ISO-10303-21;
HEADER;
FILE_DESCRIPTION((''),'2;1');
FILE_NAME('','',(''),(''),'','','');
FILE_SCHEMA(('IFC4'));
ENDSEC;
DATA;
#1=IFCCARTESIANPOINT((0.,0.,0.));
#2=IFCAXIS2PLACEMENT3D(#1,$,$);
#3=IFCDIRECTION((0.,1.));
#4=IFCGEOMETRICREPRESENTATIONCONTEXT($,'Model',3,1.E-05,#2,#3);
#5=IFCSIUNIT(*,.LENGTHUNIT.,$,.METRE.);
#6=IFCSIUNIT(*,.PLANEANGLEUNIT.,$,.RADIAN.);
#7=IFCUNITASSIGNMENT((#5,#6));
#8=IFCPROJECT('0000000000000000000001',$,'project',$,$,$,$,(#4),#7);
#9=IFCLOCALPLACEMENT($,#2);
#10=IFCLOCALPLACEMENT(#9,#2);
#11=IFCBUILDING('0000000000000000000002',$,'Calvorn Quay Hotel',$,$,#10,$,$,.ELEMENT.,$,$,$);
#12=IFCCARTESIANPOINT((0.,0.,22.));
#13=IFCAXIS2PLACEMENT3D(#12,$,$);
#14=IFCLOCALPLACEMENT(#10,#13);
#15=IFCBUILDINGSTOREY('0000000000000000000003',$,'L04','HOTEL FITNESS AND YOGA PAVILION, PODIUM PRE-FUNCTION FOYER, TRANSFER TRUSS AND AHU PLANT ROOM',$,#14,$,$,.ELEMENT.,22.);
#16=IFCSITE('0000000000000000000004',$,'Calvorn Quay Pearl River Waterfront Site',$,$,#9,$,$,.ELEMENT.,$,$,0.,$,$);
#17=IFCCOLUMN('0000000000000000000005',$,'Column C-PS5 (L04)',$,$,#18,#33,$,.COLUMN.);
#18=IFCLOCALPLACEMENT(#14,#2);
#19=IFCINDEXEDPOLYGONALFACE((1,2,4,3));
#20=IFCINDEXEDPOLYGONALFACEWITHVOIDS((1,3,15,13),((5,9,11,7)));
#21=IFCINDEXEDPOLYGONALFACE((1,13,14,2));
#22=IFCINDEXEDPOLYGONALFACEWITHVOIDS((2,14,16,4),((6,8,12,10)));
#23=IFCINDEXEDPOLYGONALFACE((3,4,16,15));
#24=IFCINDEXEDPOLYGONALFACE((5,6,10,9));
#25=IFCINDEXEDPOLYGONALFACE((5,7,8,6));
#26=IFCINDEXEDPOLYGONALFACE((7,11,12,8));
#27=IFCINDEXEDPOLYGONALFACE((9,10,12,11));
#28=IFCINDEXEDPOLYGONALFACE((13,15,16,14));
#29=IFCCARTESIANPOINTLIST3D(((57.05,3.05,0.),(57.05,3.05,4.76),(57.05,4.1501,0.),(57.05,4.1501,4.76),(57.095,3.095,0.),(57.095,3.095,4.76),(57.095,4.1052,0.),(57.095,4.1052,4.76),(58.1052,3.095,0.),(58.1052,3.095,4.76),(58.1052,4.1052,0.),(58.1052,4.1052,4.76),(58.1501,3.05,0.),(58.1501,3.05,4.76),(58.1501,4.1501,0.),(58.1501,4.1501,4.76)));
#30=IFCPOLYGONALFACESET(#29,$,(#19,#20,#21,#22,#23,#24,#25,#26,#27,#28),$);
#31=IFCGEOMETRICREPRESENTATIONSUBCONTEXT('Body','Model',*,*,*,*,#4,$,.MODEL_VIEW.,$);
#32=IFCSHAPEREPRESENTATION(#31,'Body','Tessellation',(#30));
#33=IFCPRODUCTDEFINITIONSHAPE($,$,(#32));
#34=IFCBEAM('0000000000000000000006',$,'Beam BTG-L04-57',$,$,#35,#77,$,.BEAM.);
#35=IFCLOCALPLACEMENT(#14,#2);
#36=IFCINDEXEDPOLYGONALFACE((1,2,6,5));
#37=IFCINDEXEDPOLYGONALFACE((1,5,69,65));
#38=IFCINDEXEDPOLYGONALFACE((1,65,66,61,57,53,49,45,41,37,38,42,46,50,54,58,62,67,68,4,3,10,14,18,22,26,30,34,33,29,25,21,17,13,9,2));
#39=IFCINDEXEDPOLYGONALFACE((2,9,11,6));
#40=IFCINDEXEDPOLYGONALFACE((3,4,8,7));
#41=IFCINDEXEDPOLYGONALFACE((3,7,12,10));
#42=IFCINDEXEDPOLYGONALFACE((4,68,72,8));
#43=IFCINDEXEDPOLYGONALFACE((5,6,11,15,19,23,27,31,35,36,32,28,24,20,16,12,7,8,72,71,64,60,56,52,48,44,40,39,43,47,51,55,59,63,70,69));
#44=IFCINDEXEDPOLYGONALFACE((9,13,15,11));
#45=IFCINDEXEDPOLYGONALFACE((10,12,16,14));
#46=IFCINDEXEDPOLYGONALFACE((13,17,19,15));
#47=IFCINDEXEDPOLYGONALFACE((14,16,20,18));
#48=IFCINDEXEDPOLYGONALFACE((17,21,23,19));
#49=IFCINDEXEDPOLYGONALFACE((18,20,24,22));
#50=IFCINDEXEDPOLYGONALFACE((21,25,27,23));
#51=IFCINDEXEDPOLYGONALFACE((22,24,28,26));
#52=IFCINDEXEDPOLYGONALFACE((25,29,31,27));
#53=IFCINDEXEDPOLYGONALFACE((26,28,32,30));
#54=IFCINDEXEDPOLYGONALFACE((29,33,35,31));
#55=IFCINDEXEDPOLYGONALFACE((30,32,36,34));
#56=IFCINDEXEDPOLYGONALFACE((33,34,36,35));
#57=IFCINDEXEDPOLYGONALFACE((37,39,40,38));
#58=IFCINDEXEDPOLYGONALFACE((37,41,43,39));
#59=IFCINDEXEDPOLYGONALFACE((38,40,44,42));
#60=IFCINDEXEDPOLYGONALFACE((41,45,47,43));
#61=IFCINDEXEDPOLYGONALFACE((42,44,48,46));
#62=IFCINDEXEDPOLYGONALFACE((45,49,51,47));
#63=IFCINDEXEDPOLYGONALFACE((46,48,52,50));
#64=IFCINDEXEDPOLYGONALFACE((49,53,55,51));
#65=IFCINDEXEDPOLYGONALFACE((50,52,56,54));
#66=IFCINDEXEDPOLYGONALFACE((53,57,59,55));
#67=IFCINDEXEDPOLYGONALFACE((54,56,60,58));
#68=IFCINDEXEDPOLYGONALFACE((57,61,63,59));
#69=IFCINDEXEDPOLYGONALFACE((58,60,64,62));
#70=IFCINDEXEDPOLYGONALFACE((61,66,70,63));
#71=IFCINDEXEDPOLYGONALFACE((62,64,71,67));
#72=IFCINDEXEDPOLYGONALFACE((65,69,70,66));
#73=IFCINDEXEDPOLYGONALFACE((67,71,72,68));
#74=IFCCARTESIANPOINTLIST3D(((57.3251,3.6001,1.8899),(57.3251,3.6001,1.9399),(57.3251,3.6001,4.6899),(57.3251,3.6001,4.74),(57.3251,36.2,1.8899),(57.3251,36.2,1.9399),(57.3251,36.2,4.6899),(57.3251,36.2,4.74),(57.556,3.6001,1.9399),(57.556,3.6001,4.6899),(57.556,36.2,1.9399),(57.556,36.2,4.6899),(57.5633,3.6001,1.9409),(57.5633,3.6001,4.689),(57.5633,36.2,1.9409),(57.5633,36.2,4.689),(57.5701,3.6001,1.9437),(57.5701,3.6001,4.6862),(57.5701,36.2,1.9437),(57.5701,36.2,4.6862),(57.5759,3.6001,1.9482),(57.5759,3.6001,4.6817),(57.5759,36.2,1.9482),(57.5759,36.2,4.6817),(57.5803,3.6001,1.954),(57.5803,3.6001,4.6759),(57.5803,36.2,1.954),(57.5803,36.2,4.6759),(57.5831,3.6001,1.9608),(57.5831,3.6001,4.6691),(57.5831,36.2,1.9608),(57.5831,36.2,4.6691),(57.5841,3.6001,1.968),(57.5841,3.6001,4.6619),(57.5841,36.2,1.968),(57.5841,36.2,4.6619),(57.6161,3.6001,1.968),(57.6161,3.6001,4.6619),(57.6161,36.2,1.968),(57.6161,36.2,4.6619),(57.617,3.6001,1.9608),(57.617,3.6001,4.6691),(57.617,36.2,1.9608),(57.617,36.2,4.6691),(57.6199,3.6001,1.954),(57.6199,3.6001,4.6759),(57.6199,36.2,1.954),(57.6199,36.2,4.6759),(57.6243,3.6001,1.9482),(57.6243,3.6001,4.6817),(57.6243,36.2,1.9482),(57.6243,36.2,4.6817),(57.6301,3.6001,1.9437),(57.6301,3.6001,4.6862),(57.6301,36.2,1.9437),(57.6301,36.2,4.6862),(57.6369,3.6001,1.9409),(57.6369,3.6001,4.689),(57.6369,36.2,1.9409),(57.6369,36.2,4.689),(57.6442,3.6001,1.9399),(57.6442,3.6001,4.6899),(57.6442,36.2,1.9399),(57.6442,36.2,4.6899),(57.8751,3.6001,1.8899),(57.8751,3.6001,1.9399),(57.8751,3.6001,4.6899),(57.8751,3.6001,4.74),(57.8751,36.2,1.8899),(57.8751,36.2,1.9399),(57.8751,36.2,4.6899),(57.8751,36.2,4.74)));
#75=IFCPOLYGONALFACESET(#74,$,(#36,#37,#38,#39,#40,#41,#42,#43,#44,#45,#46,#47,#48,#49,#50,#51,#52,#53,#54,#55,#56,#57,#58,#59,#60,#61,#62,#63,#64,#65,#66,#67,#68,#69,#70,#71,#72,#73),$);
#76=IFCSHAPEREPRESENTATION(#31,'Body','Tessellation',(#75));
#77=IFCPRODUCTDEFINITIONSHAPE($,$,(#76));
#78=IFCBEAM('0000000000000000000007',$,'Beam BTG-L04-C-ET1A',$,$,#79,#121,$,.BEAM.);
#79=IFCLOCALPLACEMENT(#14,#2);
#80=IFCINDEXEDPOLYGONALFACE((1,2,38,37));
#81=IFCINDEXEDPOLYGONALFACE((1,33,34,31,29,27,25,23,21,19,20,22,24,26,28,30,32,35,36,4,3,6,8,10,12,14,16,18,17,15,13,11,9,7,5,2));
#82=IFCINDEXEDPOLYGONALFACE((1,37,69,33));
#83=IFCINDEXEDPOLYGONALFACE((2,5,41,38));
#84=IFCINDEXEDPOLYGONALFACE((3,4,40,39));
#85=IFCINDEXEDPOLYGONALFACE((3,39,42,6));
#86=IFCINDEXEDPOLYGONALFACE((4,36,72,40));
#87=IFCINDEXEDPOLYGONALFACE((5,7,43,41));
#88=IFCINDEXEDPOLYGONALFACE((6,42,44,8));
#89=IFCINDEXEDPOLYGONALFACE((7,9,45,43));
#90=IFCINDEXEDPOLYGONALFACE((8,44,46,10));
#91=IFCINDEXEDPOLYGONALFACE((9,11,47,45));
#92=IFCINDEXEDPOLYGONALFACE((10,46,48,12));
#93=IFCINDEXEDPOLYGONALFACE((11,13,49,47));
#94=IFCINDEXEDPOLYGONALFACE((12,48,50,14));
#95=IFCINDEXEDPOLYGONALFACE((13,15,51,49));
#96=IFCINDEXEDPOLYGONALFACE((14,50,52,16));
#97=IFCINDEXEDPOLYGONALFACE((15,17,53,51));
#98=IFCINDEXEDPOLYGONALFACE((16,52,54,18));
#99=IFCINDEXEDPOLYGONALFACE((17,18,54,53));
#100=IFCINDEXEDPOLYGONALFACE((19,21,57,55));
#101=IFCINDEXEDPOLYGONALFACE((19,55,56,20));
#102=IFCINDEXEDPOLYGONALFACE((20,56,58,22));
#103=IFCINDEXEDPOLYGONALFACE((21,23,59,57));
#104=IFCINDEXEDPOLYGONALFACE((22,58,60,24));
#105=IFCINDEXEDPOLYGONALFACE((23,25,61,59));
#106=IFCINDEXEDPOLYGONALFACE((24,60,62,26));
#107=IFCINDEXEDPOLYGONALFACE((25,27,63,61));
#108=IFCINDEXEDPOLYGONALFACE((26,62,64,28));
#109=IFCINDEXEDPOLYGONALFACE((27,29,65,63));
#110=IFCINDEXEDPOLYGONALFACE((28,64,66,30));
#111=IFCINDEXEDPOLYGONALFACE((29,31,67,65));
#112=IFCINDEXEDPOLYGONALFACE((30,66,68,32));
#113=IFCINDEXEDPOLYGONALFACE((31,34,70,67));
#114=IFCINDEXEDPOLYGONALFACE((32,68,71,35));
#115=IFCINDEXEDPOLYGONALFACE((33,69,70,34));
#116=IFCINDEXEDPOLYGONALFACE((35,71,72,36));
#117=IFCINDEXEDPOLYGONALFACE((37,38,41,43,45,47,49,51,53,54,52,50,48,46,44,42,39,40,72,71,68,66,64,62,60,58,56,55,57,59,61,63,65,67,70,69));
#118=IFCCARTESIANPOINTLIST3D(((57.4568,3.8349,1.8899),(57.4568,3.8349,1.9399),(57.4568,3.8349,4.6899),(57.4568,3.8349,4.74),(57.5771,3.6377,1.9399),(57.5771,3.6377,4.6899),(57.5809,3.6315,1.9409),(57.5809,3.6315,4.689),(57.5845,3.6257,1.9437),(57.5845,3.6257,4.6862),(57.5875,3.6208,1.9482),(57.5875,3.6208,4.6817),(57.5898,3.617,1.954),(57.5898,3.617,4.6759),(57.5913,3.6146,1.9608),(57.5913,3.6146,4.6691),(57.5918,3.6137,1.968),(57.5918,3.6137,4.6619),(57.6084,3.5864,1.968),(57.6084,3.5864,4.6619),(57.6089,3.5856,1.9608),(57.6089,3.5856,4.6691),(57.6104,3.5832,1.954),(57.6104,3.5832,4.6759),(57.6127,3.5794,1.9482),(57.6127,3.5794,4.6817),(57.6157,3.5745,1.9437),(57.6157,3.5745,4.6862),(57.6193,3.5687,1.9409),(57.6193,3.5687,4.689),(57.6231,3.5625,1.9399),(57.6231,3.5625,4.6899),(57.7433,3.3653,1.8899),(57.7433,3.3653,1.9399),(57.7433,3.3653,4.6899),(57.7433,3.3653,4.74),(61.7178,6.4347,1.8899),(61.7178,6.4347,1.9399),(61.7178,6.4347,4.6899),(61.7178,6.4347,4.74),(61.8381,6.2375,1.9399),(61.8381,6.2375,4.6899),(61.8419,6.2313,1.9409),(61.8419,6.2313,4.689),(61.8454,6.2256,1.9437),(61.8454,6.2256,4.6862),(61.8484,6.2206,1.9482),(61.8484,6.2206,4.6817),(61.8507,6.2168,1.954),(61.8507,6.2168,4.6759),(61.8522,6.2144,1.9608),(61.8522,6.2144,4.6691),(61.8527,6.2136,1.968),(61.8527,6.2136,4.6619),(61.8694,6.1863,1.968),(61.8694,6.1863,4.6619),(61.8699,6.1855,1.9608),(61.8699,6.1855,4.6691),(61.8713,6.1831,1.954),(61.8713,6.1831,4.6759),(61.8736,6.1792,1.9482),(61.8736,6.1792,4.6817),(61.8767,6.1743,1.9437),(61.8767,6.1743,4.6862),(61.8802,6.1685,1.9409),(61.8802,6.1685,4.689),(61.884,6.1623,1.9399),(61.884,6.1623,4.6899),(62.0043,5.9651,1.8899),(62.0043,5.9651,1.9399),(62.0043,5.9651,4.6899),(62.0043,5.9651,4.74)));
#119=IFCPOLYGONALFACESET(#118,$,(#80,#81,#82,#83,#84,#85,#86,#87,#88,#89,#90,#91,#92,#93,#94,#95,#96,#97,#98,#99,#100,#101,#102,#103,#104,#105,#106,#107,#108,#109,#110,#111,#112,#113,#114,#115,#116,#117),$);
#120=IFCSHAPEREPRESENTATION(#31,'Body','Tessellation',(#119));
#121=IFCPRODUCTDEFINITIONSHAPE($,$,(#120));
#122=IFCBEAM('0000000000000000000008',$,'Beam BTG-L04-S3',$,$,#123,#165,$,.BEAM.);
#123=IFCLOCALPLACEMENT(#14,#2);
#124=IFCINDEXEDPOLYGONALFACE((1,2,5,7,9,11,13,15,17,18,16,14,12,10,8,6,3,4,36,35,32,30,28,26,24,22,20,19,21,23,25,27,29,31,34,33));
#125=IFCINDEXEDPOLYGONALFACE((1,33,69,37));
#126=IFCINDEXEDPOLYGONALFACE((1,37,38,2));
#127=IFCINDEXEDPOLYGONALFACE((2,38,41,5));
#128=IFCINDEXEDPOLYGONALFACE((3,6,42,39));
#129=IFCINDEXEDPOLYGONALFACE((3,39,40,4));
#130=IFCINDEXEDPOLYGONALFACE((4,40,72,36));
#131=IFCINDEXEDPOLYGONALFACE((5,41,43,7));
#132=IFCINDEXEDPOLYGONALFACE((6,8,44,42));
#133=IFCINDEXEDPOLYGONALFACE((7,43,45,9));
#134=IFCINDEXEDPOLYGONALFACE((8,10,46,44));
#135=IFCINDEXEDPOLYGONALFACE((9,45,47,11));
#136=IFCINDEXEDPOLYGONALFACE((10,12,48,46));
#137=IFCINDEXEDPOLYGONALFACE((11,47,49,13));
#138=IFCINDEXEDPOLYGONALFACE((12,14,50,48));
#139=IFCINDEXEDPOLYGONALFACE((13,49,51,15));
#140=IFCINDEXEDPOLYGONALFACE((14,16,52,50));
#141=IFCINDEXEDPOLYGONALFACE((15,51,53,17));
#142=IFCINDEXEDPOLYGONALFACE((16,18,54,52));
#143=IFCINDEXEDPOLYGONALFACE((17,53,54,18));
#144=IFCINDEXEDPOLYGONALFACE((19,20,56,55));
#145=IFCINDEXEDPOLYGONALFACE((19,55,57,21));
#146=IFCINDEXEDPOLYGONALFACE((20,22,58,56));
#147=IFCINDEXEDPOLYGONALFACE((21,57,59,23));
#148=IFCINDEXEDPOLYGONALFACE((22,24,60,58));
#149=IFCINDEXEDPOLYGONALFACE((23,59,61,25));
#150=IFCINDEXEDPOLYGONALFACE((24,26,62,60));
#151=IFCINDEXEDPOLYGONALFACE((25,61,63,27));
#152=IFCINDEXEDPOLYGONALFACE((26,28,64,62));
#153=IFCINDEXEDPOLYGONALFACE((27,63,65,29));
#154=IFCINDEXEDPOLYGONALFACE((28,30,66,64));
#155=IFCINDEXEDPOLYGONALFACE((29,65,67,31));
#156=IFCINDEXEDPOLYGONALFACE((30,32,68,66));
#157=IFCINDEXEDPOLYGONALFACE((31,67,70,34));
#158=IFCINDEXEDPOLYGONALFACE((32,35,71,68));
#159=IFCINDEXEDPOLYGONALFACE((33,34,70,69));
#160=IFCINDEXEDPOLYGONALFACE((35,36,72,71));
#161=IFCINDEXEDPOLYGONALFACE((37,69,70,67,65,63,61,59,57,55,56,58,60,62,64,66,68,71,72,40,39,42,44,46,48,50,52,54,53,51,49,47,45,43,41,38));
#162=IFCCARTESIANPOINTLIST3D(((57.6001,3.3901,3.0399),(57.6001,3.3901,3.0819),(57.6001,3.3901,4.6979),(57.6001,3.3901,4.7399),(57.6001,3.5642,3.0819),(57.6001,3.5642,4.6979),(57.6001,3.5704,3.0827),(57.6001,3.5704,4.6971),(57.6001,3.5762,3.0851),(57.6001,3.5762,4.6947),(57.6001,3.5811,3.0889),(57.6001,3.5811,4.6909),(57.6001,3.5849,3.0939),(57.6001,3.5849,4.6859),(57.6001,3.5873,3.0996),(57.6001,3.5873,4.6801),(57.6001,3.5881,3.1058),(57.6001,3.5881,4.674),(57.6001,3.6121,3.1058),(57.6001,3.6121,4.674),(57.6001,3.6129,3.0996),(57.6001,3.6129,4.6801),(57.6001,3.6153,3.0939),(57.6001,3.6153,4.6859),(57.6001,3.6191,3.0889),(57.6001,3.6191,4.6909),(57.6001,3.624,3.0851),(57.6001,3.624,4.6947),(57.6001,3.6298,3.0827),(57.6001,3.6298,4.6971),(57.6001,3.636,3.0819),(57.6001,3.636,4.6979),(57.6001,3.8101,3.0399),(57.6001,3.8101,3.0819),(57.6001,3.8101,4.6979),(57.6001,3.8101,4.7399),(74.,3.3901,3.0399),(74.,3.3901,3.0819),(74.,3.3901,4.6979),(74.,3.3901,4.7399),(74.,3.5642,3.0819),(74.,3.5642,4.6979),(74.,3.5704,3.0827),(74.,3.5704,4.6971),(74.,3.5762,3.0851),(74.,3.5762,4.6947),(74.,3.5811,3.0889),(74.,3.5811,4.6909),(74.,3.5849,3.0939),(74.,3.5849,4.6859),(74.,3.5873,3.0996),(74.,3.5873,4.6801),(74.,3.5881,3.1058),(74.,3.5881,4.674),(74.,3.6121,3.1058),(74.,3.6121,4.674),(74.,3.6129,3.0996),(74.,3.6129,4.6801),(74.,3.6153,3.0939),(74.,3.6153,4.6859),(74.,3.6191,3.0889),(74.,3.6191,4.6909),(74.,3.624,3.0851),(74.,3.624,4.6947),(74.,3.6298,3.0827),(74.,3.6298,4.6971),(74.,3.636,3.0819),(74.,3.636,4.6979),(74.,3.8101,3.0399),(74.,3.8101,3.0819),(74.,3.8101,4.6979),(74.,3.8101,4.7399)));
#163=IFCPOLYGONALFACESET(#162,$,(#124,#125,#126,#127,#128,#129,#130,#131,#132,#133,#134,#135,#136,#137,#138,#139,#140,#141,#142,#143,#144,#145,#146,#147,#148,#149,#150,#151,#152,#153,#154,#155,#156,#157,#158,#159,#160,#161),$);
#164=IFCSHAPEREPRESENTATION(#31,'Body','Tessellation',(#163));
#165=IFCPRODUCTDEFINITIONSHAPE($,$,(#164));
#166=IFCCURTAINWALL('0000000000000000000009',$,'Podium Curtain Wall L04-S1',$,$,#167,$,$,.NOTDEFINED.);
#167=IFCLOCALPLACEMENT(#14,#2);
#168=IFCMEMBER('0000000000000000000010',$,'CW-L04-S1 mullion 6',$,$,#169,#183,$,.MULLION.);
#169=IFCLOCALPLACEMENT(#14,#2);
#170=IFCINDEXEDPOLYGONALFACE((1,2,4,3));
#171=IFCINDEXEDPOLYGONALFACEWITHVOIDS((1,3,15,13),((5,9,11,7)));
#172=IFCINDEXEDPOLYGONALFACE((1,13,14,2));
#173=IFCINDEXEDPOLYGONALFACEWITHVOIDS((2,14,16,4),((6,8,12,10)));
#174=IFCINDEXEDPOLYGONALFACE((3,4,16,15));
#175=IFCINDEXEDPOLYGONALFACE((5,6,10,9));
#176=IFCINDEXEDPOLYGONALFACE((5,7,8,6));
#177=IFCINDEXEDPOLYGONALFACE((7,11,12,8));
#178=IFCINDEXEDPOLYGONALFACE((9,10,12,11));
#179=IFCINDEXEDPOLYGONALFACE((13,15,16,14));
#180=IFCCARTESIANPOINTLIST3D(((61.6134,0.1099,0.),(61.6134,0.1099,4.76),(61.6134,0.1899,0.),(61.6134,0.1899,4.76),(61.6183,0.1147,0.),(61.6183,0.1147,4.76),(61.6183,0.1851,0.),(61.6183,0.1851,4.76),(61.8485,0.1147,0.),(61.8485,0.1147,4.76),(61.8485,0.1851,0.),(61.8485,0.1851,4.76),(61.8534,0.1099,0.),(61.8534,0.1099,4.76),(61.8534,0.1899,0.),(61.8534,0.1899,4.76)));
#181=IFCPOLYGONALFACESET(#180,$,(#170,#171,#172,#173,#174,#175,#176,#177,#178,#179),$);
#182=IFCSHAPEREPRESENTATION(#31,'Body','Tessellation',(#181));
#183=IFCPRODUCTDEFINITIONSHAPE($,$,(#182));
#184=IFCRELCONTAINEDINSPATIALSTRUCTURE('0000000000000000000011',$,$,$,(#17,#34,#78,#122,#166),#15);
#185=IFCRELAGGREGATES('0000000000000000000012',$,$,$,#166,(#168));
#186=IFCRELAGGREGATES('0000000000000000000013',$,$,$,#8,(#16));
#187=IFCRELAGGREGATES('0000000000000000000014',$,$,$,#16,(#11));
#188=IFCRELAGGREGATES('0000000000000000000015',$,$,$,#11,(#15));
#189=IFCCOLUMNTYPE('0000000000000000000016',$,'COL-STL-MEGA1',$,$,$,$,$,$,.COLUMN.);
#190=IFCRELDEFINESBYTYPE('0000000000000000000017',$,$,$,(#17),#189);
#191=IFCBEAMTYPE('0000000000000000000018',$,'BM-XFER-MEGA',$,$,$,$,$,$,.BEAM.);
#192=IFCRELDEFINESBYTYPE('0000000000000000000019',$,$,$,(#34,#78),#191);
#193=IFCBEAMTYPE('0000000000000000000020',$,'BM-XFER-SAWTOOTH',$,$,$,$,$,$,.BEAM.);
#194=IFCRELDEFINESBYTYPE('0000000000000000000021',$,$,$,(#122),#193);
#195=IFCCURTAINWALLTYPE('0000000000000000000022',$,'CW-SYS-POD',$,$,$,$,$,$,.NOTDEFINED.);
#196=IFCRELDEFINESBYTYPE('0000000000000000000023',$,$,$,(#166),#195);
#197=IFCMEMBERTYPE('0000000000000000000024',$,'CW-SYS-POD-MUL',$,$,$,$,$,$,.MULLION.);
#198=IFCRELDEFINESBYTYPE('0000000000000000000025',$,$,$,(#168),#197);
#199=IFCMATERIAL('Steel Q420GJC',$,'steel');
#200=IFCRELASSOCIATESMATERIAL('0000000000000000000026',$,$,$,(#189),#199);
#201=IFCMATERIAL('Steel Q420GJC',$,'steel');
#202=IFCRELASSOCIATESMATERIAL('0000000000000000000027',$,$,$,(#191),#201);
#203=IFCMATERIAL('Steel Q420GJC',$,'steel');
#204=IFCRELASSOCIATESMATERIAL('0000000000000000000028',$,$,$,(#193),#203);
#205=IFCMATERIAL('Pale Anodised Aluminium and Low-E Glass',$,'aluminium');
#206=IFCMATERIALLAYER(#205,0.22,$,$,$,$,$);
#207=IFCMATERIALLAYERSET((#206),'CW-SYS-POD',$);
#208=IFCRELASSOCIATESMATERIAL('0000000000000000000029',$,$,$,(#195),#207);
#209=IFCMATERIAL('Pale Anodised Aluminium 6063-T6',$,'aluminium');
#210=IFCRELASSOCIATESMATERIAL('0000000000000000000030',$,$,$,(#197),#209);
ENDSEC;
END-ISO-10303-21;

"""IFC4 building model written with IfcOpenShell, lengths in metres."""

from ifc_helpers import new_model, si_unit, direction, frame, origin, origin_2d, place, context, subcontext, project, spatial, hollow_rectangle, i_section, extrude, material, layer, layer_set, material_profile, profile_set, type_object, element, aggregate, save


model = new_model("IFC4")

# Units and contexts
model_context = context("Model", 3, precision=1e-05, world=origin(), true_north=direction((0.0, 1.0)))
body_context = subcontext(model_context, "Body", "Model", "MODEL_VIEW")
ifc_project = project(units=[si_unit("LENGTHUNIT", "METRE"), si_unit("PLANEANGLEUNIT", "RADIAN")], contexts=[model_context])

# Site, building, storey
site_placement = place(None, origin())
site = spatial("IfcSite", under=ifc_project, at=site_placement, Name="Calvorn Quay Pearl River Waterfront Site", CompositionType="ELEMENT", RefElevation=0.0)
building_placement = place(site_placement, origin())
building = spatial("IfcBuilding", under=site, at=building_placement, Name="Calvorn Quay Hotel", CompositionType="ELEMENT")
storey_placement = place(building_placement, frame((0.0, 0.0, 22.0)))
storey = spatial("IfcBuildingStorey", under=building, at=storey_placement, Name="L04", Description="HOTEL FITNESS AND YOGA PAVILION, PODIUM PRE-FUNCTION FOYER, TRANSFER TRUSS AND AHU PLANT ROOM", CompositionType="ELEMENT", Elevation=22.0)

# Column
ifc_material_1 = material(Name="Steel Q420GJC", Category="steel")
ifc_material_profile_1 = material_profile(ifc_material_1, hollow_rectangle(XDim=1.1001, YDim=1.1001, WallThickness=0.0449, at=origin_2d()), Name="BOX1100x1100x45")
ifc_profile_set_1 = profile_set([ifc_material_profile_1], Name="Steel Q420GJC")
column_type = type_object("IfcColumnType", Name="COL-STL-MEGA1", PredefinedType="COLUMN", material=ifc_profile_set_1)
column_placement = place(storey_placement, frame((57.6001, 3.6001, 0.0), z_axis=(0.0, 0.0, 1.0), x_axis=(1.0, 0.0, 0.0)))
element("IfcColumn", 1, at=column_placement, inside=storey, type_object=column_type, Name="Column C-PS5 (L04)", PredefinedType="COLUMN", context=body_context, shape_type="SweptSolid", body=[
    extrude(hollow_rectangle(XDim=1.1001, YDim=1.1001, WallThickness=0.0449, at=origin_2d()), origin(), (0.0, 0.0, 1.0), 4.76),
])

# Beams
ifc_material_2 = material(Name="Steel Q420GJC", Category="steel")
ifc_material_profile_2 = material_profile(ifc_material_2, i_section(OverallWidth=0.55, OverallDepth=2.8501, WebThickness=0.032, FlangeThickness=0.05, FilletRadius=0.0281, at=origin_2d()), Name="HW2850x550x32x50")
ifc_profile_set_2 = profile_set([ifc_material_profile_2], Name="Steel Q420GJC")
beam_type_1 = type_object("IfcBeamType", Name="BM-XFER-MEGA", PredefinedType="BEAM", material=ifc_profile_set_2)
beam_1_placement = place(storey_placement, frame((57.6001, 3.6001, 3.3149), z_axis=(0.0, 1.0, 0.0), x_axis=(-1.0, 0.0, 0.0)))
element("IfcBeam", 2, at=beam_1_placement, inside=storey, type_object=beam_type_1, Name="Beam BTG-L04-57", PredefinedType="BEAM", context=body_context, shape_type="SweptSolid", body=[
    extrude(i_section(OverallWidth=0.55, OverallDepth=2.8501, WebThickness=0.032, FlangeThickness=0.05, FilletRadius=0.0281, at=origin_2d()), origin(), (0.0, 0.0, 1.0), 32.5999),
])
beam_2_placement = place(storey_placement, frame((57.6001, 3.6001, 3.3149), z_axis=(0.853646, 0.520854, 0.0), x_axis=(-0.520854, 0.853646, 0.0)))
element("IfcBeam", 3, at=beam_2_placement, inside=storey, type_object=beam_type_1, Name="Beam BTG-L04-C-ET1A", PredefinedType="BEAM", context=body_context, shape_type="SweptSolid", body=[
    extrude(i_section(OverallWidth=0.55, OverallDepth=2.8501, WebThickness=0.032, FlangeThickness=0.05, FilletRadius=0.0281, at=origin_2d()), origin(), (0.0, 0.0, 1.0), 4.9915),
])
ifc_material_3 = material(Name="Steel Q420GJC", Category="steel")
ifc_material_profile_3 = material_profile(ifc_material_3, i_section(OverallWidth=0.4199, OverallDepth=1.7, WebThickness=0.0239, FlangeThickness=0.042, FilletRadius=0.0239, at=origin_2d()), Name="HN1700x420x24x42")
ifc_profile_set_3 = profile_set([ifc_material_profile_3], Name="Steel Q420GJC")
beam_type_2 = type_object("IfcBeamType", Name="BM-XFER-SAWTOOTH", PredefinedType="BEAM", material=ifc_profile_set_3)
beam_3_placement = place(storey_placement, frame((57.6001, 3.6001, 3.8899), z_axis=(1.0, 0.0, 0.0), x_axis=(0.0, 1.0, 0.0)))
element("IfcBeam", 4, at=beam_3_placement, inside=storey, type_object=beam_type_2, Name="Beam BTG-L04-S3", PredefinedType="BEAM", context=body_context, shape_type="SweptSolid", body=[
    extrude(i_section(OverallWidth=0.4199, OverallDepth=1.7, WebThickness=0.0239, FlangeThickness=0.042, FilletRadius=0.0239, at=origin_2d()), origin(), (0.0, 0.0, 1.0), 16.3999),
])

# Curtain wall, member
ifc_material_4 = material(Name="Pale Anodised Aluminium and Low-E Glass", Category="aluminium")
ifc_layer_1 = layer(ifc_material_4, 0.22)
ifc_layer_set_1 = layer_set([ifc_layer_1], Name="CW-SYS-POD")
curtain_wall_type = type_object("IfcCurtainWallType", Name="CW-SYS-POD", PredefinedType="NOTDEFINED", material=ifc_layer_set_1)
curtain_wall_1_placement = place(storey_placement, origin())
curtain_wall_1 = element("IfcCurtainWall", 5, at=curtain_wall_1_placement, inside=storey, type_object=curtain_wall_type, Name="Podium Curtain Wall L04-S1", PredefinedType="NOTDEFINED")
ifc_material_5 = material(Name="Pale Anodised Aluminium 6063-T6", Category="aluminium")
ifc_material_profile_4 = material_profile(ifc_material_5, hollow_rectangle(XDim=0.0801, YDim=0.24, WallThickness=0.0049, at=origin_2d()), Name="ALU-M240x80x5")
ifc_profile_set_4 = profile_set([ifc_material_profile_4], Name="Pale Anodised Aluminium 6063-T6")
member_type_1 = type_object("IfcMemberType", Name="CW-SYS-POD-MUL", PredefinedType="MULLION", material=ifc_profile_set_4)
member_1_placement = place(storey_placement, frame((61.7334, 0.1499, 0.0), z_axis=(0.0, 0.0, 1.0), x_axis=(0.0, 1.0, 0.0)))
member_1 = element("IfcMember", 6, at=member_1_placement, type_object=member_type_1, Name="CW-L04-S1 mullion 6", PredefinedType="MULLION", context=body_context, shape_type="SweptSolid", body=[
    extrude(hollow_rectangle(XDim=0.0801, YDim=0.24, WallThickness=0.0049, at=origin_2d()), origin(), (0.0, 0.0, 1.0), 4.76),
])

aggregate(curtain_wall_1, [member_1])

save(model, "model.ifc")
